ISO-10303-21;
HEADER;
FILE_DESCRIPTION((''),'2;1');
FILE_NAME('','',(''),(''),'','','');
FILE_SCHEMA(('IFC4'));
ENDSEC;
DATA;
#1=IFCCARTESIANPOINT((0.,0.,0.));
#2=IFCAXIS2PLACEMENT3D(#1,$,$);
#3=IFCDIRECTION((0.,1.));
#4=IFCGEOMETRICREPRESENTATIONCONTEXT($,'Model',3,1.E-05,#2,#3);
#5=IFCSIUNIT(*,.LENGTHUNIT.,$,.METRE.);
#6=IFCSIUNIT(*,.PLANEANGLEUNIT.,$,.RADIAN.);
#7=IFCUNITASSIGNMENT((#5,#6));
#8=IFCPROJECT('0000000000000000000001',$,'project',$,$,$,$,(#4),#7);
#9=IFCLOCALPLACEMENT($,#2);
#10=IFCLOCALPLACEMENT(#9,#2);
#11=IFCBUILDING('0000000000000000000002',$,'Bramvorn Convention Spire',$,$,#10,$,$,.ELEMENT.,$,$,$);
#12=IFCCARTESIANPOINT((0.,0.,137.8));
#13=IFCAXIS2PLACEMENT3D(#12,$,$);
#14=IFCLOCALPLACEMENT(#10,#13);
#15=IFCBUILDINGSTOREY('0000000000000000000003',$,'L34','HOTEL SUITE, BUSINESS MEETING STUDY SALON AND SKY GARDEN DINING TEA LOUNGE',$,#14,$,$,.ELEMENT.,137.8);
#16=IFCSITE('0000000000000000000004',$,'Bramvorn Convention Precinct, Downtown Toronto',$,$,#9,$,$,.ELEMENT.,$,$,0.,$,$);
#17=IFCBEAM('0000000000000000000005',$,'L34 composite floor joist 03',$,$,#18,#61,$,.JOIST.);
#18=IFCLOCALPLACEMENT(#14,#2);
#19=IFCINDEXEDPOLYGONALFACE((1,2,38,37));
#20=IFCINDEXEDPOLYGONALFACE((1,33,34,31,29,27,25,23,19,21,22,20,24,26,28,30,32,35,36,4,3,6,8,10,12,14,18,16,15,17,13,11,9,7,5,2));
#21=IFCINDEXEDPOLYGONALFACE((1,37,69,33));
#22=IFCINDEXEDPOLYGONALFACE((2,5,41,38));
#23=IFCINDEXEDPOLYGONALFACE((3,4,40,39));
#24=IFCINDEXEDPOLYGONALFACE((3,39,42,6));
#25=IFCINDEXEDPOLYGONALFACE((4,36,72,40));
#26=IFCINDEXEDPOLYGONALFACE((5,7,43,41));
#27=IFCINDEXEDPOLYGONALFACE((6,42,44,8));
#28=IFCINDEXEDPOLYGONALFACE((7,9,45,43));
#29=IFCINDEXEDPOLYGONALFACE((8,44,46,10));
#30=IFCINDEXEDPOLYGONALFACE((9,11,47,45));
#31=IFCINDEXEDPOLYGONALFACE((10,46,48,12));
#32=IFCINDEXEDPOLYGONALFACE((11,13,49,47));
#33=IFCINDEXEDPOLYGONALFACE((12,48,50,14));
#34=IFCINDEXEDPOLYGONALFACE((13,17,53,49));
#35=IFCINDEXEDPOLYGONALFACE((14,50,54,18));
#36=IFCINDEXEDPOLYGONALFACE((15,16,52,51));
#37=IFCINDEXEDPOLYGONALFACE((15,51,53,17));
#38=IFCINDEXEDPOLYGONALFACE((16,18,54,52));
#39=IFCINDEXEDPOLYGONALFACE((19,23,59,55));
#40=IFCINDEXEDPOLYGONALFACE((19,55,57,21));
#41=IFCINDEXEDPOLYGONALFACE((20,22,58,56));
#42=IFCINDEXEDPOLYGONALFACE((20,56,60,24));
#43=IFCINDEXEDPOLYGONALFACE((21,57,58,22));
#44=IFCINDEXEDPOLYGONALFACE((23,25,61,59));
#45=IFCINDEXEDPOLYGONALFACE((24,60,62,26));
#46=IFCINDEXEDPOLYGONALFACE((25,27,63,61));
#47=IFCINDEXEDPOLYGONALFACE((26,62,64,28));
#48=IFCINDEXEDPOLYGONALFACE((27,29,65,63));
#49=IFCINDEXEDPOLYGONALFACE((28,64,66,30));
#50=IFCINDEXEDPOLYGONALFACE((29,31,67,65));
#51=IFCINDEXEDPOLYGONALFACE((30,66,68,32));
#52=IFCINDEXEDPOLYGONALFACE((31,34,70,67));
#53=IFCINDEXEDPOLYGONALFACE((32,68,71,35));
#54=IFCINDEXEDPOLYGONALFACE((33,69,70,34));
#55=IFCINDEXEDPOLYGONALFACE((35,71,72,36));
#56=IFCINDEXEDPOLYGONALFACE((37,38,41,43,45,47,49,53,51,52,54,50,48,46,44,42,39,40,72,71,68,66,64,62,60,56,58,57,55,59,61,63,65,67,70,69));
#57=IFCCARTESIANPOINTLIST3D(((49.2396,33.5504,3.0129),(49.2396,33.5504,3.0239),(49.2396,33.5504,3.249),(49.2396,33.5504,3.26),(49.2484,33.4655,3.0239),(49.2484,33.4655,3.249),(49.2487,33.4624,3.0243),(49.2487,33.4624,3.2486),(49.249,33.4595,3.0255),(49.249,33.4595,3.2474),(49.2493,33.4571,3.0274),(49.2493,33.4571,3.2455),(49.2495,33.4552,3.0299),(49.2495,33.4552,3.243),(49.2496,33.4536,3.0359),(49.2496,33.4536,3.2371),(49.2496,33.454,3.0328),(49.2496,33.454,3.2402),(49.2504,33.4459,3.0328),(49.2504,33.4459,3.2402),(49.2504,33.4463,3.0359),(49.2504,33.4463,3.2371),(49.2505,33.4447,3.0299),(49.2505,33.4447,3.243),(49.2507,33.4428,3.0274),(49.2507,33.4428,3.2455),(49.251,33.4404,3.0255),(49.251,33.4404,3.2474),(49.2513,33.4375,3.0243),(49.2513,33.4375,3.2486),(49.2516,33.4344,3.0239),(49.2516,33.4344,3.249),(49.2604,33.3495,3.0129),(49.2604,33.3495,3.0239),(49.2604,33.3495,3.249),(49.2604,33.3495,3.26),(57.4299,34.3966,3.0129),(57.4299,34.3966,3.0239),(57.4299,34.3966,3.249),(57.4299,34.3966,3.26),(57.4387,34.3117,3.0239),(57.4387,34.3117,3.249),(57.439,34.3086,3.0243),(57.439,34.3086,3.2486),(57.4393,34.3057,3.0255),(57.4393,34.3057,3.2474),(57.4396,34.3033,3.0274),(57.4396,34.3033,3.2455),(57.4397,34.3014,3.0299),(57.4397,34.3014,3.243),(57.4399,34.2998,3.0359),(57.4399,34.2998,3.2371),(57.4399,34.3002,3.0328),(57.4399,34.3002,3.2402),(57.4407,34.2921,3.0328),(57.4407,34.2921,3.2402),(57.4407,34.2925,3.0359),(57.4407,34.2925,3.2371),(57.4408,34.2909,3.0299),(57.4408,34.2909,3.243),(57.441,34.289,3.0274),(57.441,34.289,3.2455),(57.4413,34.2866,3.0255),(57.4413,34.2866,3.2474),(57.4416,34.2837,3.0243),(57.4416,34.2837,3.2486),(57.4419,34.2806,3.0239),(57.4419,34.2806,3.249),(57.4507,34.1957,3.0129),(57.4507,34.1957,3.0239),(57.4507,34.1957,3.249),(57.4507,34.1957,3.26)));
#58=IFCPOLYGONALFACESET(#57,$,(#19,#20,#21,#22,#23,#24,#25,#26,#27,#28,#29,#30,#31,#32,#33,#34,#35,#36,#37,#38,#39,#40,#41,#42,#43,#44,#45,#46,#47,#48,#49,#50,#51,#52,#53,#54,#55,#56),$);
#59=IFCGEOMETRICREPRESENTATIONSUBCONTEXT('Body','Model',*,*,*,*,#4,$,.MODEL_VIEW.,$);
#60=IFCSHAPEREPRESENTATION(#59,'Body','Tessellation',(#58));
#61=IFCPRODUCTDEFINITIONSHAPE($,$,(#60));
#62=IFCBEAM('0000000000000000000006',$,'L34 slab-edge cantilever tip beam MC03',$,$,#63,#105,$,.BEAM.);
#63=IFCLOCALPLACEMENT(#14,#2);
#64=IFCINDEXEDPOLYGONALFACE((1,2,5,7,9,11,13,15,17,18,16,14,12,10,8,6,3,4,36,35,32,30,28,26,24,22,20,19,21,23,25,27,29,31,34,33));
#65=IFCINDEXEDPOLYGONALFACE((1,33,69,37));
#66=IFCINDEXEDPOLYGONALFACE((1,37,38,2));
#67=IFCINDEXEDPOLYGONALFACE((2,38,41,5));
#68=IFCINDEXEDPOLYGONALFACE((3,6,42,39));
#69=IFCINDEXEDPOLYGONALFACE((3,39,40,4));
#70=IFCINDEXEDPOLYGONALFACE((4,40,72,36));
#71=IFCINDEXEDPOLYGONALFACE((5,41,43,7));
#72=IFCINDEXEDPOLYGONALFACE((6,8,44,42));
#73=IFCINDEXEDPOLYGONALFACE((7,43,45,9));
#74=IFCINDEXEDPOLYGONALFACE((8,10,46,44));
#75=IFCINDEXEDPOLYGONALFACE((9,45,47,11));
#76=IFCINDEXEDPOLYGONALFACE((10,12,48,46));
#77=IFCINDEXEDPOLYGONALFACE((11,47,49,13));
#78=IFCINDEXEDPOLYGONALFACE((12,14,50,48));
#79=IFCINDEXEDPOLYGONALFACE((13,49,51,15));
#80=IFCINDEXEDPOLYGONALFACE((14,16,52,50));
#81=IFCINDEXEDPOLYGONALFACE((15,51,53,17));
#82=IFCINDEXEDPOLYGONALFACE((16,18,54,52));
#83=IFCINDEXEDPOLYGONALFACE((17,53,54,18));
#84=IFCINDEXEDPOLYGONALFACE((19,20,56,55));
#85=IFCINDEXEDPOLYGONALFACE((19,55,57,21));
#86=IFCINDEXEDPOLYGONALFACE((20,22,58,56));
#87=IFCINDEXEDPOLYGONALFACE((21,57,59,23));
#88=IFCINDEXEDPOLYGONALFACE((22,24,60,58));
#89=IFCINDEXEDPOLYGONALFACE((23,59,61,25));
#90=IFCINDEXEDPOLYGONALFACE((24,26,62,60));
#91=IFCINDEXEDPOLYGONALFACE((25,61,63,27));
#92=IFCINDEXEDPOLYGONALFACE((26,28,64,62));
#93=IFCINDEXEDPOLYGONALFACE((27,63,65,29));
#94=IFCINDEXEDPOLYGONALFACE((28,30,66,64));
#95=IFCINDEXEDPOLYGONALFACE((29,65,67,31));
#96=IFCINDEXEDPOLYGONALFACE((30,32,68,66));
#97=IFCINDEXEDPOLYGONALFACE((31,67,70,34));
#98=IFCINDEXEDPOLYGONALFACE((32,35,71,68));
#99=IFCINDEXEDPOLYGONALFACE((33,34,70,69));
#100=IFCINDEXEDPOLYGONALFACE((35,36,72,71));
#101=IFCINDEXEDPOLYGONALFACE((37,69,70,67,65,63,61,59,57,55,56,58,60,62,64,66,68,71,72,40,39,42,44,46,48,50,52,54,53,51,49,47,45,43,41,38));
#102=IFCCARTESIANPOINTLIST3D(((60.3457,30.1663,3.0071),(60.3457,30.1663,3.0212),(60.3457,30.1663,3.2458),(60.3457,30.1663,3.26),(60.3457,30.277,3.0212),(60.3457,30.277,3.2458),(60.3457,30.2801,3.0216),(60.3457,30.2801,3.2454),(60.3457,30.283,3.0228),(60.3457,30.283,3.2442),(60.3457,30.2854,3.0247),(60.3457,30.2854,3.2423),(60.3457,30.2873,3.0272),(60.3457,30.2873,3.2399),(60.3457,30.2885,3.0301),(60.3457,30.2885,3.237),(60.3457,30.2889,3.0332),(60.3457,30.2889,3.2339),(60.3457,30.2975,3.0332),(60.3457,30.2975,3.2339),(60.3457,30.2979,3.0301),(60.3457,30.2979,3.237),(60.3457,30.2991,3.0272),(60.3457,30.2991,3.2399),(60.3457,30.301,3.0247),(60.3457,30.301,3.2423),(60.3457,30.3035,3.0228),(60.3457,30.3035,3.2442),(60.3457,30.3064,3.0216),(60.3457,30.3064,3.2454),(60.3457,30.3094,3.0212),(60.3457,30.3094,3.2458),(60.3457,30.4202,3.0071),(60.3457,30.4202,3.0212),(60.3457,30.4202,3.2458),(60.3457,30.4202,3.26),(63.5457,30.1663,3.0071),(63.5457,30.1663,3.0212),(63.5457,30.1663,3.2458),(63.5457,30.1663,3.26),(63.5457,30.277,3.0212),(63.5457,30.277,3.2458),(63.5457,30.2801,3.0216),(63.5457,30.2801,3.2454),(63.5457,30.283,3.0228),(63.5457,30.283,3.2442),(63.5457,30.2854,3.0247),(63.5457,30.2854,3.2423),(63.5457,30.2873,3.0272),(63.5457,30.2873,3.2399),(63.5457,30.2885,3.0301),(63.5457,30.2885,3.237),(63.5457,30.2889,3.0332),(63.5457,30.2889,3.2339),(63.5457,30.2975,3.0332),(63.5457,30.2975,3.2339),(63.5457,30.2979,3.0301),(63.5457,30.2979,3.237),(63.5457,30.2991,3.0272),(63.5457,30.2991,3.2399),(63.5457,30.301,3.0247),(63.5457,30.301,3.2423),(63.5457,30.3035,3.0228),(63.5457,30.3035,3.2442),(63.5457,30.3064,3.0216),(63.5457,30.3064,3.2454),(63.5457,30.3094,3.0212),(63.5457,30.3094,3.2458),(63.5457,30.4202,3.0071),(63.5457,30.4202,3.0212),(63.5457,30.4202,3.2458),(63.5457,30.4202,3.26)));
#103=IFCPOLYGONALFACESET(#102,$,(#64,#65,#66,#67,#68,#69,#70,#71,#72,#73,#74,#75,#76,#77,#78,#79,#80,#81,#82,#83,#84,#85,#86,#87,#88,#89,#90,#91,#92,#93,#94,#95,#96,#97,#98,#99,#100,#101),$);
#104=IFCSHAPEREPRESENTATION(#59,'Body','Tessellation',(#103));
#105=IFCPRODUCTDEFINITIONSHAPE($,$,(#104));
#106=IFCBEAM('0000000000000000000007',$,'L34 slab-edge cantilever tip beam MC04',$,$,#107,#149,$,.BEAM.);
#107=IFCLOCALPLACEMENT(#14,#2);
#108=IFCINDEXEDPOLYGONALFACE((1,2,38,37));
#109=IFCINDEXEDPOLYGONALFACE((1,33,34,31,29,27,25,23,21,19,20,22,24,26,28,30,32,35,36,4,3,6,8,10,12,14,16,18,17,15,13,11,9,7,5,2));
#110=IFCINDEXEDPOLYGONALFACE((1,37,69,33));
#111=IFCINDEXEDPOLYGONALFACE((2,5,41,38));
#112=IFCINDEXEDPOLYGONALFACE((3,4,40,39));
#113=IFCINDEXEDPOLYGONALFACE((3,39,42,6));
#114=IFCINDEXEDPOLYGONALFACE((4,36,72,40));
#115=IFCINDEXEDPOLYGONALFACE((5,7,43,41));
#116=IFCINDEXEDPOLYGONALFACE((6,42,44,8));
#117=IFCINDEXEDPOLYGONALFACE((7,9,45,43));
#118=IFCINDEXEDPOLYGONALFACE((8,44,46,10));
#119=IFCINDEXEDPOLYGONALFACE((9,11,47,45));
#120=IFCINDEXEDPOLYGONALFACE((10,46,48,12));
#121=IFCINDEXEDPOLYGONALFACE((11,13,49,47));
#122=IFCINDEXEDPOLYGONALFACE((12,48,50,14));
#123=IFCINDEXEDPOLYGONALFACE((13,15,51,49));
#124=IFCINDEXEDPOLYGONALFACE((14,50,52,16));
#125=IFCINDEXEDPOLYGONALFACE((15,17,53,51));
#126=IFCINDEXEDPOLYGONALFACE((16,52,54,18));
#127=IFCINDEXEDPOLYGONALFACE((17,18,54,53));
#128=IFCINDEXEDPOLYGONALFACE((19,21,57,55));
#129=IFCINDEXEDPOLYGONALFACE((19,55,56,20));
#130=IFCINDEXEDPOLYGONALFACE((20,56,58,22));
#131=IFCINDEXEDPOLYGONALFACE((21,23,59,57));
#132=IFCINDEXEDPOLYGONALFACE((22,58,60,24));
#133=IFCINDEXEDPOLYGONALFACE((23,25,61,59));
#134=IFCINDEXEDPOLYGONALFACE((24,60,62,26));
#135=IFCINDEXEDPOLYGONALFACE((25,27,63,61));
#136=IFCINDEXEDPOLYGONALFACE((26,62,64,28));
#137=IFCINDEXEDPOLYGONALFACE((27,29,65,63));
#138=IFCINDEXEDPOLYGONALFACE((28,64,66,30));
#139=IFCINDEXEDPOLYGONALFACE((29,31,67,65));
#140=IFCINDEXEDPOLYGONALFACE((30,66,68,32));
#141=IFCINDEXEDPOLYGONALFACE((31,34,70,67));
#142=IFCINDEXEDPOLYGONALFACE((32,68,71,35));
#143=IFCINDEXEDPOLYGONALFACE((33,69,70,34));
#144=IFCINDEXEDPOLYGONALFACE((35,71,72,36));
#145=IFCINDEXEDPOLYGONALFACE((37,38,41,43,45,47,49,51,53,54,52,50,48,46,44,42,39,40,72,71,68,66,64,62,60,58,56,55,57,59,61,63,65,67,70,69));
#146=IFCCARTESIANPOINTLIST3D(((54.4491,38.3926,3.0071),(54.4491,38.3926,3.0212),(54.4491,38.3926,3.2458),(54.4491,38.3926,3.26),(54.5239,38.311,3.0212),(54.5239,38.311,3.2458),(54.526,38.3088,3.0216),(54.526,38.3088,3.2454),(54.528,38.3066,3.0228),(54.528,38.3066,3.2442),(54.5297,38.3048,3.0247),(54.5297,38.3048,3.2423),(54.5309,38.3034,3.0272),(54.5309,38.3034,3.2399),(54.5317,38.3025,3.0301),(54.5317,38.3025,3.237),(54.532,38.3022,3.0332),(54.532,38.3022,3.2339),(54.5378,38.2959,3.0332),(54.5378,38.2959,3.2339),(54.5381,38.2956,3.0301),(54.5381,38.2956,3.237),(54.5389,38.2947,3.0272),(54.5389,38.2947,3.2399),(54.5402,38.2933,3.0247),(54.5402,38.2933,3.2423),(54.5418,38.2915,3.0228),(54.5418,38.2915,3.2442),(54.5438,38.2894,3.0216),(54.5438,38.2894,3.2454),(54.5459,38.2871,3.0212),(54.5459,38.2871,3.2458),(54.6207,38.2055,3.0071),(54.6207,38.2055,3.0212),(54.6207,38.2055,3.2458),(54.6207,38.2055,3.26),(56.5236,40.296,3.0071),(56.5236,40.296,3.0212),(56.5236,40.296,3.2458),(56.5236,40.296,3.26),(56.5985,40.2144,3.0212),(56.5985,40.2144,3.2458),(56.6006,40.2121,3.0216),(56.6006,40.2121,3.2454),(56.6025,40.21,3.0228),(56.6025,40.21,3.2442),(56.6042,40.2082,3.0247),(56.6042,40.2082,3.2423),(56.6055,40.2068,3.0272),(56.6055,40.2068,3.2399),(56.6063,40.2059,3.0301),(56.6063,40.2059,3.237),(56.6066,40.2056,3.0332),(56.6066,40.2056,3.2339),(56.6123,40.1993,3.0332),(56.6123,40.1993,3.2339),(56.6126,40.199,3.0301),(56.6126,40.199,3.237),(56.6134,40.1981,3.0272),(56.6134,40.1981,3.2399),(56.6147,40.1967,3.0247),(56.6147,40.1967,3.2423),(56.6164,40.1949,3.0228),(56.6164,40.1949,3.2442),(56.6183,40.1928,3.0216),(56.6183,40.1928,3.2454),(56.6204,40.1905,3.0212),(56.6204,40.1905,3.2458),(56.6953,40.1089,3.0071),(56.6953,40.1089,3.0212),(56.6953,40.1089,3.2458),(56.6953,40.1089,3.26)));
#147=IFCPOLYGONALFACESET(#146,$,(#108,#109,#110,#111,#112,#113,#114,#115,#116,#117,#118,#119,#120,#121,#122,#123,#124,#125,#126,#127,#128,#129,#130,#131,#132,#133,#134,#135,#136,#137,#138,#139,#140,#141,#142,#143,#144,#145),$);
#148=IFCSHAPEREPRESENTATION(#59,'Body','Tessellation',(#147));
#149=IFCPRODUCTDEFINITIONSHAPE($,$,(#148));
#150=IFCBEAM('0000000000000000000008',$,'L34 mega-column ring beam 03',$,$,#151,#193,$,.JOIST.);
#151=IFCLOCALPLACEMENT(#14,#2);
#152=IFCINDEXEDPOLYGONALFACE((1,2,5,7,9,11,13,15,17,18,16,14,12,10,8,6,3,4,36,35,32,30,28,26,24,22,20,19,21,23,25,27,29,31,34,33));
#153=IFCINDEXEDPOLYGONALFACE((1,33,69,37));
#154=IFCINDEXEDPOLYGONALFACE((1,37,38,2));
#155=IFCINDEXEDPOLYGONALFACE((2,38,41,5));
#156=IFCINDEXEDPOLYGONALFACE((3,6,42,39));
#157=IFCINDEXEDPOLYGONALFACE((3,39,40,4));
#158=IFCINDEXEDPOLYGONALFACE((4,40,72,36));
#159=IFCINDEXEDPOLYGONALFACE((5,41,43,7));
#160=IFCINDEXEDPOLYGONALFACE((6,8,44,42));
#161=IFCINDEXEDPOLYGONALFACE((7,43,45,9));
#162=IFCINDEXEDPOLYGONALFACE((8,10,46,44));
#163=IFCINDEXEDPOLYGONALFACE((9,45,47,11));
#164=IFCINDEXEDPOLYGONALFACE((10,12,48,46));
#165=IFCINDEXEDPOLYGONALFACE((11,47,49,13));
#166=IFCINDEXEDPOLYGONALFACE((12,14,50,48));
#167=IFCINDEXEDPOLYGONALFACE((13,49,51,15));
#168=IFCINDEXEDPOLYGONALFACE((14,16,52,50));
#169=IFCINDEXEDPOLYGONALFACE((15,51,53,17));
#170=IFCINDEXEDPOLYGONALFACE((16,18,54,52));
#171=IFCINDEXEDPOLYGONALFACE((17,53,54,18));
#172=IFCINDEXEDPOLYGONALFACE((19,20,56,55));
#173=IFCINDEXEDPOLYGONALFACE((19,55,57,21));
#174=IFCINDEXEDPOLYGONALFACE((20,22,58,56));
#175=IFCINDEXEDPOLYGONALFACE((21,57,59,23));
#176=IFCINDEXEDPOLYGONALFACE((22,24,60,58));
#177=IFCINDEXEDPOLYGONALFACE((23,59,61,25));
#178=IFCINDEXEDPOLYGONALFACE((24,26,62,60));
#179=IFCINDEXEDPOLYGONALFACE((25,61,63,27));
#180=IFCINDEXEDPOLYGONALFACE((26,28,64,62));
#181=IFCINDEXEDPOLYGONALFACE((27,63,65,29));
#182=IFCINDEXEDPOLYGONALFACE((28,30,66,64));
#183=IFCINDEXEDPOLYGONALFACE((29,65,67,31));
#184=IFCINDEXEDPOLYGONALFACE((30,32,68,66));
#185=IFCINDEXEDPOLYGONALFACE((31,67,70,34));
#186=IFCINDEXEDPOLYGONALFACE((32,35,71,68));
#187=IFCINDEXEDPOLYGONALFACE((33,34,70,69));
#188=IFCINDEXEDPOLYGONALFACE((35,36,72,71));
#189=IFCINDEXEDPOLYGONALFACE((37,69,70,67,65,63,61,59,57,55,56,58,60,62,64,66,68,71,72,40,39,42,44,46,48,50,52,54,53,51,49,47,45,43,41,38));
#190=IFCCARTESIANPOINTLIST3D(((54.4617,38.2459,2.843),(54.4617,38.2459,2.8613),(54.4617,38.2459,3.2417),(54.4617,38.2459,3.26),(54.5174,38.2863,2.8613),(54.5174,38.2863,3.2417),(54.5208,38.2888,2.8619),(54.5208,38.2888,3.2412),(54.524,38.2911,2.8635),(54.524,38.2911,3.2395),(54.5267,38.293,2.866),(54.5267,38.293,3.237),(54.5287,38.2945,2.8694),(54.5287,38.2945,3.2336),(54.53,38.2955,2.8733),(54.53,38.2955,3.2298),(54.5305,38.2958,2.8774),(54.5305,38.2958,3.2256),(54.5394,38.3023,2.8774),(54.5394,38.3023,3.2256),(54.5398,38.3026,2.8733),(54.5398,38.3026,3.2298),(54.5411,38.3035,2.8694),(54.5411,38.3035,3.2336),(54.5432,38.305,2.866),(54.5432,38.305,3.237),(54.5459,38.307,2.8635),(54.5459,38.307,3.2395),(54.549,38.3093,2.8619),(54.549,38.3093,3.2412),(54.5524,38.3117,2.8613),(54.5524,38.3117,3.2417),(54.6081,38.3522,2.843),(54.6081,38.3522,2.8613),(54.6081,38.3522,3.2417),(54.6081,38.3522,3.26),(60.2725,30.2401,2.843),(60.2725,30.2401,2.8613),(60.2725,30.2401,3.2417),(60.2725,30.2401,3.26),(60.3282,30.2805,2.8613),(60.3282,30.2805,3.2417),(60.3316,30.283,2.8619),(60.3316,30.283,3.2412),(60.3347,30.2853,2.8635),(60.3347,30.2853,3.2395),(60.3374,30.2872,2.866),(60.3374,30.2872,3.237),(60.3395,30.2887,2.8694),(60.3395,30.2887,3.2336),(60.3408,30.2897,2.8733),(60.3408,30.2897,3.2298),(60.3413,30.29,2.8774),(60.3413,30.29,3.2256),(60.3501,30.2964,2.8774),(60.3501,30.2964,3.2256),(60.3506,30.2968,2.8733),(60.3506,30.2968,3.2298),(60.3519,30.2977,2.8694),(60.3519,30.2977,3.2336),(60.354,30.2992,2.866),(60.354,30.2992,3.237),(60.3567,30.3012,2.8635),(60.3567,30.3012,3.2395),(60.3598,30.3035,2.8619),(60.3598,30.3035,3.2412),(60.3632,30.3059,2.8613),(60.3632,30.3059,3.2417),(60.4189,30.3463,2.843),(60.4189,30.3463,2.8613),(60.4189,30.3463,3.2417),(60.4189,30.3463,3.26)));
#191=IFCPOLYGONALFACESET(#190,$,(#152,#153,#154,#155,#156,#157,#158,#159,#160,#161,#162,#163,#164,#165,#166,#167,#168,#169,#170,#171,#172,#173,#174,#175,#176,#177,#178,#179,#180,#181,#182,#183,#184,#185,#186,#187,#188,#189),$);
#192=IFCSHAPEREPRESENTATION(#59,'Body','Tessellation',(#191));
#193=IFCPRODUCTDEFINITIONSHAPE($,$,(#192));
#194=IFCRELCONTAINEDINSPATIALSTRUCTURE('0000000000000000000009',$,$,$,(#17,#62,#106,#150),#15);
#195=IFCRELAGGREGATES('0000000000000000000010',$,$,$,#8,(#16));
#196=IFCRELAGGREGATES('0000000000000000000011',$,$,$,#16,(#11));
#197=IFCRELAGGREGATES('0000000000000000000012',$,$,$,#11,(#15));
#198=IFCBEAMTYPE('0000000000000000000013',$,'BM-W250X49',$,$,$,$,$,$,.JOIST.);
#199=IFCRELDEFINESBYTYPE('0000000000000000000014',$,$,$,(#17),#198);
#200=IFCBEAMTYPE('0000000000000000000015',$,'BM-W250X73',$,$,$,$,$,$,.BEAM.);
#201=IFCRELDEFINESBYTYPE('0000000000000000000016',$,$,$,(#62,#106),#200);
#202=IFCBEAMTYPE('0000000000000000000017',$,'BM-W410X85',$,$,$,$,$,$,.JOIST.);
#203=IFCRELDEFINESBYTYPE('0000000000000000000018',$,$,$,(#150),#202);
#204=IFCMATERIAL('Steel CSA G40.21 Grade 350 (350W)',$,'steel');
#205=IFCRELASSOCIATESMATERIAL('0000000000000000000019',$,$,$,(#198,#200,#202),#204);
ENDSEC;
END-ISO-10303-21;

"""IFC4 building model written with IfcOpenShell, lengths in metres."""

from ifc_helpers import new_model, si_unit, direction, frame, origin, origin_2d, place, context, subcontext, project, spatial, i_section, extrude, material, material_profile, profile_set, type_object, element, save


model = new_model("IFC4")

# Units and contexts
model_context = context("Model", 3, precision=1e-05, world=origin(), true_north=direction((0.0, 1.0)))
body_context = subcontext(model_context, "Body", "Model", "MODEL_VIEW")
ifc_project = project(units=[si_unit("LENGTHUNIT", "METRE"), si_unit("PLANEANGLEUNIT", "RADIAN")], contexts=[model_context])

# Site, building, storey
site_placement = place(None, origin())
site = spatial("IfcSite", under=ifc_project, at=site_placement, Name="Bramvorn Convention Precinct, Downtown Toronto", CompositionType="ELEMENT", RefElevation=0.0)
building_placement = place(site_placement, origin())
building = spatial("IfcBuilding", under=site, at=building_placement, Name="Bramvorn Convention Spire", CompositionType="ELEMENT")
storey_placement = place(building_placement, frame((0.0, 0.0, 137.8)))
storey = spatial("IfcBuildingStorey", under=building, at=storey_placement, Name="L34", Description="HOTEL SUITE, BUSINESS MEETING STUDY SALON AND SKY GARDEN DINING TEA LOUNGE", CompositionType="ELEMENT", Elevation=137.8)

# Shared definitions
ifc_material_1 = material(Name="Steel CSA G40.21 Grade 350 (350W)", Category="steel")

# Beams
ifc_material_profile_1 = material_profile(ifc_material_1, i_section(OverallWidth=0.2019, OverallDepth=0.2471, WebThickness=0.0073, FlangeThickness=0.011, FilletRadius=0.012, at=origin_2d()))
ifc_profile_set_1 = profile_set([ifc_material_profile_1], Name="Steel CSA G40.21 Grade 350 (350W) - W250X49")
beam_type_1 = type_object("IfcBeamType", Name="BM-W250X49", PredefinedType="JOIST", material=ifc_profile_set_1)
beam_1_placement = place(storey_placement, frame((49.25, 33.45, 3.1365), z_axis=(0.994705, 0.102771, 0.0), x_axis=(-0.102771, 0.994705, 0.0)))
element("IfcBeam", 1, at=beam_1_placement, inside=storey, type_object=beam_type_1, Name="L34 composite floor joist 03", PredefinedType="JOIST", context=body_context, shape_type="SweptSolid", body=[
    extrude(i_section(OverallWidth=0.2019, OverallDepth=0.2471, WebThickness=0.0073, FlangeThickness=0.011, FilletRadius=0.012, at=origin_2d()), origin(), (0.0, 0.0, 1.0), 8.2339),
])
ifc_material_profile_2 = material_profile(ifc_material_1, i_section(OverallWidth=0.2539, OverallDepth=0.2529, WebThickness=0.0085, FlangeThickness=0.0142, FilletRadius=0.012, at=origin_2d()))
ifc_profile_set_2 = profile_set([ifc_material_profile_2], Name="Steel CSA G40.21 Grade 350 (350W) - W250X73")
beam_type_2 = type_object("IfcBeamType", Name="BM-W250X73", PredefinedType="BEAM", material=ifc_profile_set_2)
beam_2_placement = place(storey_placement, frame((60.3457, 30.2932, 3.1335), z_axis=(1.0, 0.0, 0.0), x_axis=(0.0, 1.0, 0.0)))
element("IfcBeam", 2, at=beam_2_placement, inside=storey, type_object=beam_type_2, Name="L34 slab-edge cantilever tip beam MC03", PredefinedType="BEAM", context=body_context, shape_type="SweptSolid", body=[
    extrude(i_section(OverallWidth=0.2539, OverallDepth=0.2529, WebThickness=0.0085, FlangeThickness=0.0142, FilletRadius=0.012, at=origin_2d()), origin(), (0.0, 0.0, 1.0), 3.2),
])
beam_3_placement = place(storey_placement, frame((54.5349, 38.2991, 3.1335), z_axis=(0.736848, 0.676058, 0.0), x_axis=(-0.676058, 0.736848, 0.0)))
element("IfcBeam", 3, at=beam_3_placement, inside=storey, type_object=beam_type_2, Name="L34 slab-edge cantilever tip beam MC04", PredefinedType="BEAM", context=body_context, shape_type="SweptSolid", body=[
    extrude(i_section(OverallWidth=0.2539, OverallDepth=0.2529, WebThickness=0.0085, FlangeThickness=0.0142, FilletRadius=0.012, at=origin_2d()), origin(), (0.0, 0.0, 1.0), 2.8154),
])
ifc_material_profile_3 = material_profile(ifc_material_1, i_section(OverallWidth=0.1809, OverallDepth=0.417, WebThickness=0.011, FlangeThickness=0.0183, FilletRadius=0.0161, at=origin_2d()))
ifc_profile_set_3 = profile_set([ifc_material_profile_3], Name="Steel CSA G40.21 Grade 350 (350W) - W410X85")
beam_type_3 = type_object("IfcBeamType", Name="BM-W410X85", PredefinedType="JOIST", material=ifc_profile_set_3)
beam_4_placement = place(storey_placement, frame((60.3457, 30.2932, 3.0515), z_axis=(-0.587401, 0.809296, 0.0), x_axis=(-0.809296, -0.587401, 0.0)))
element("IfcBeam", 4, at=beam_4_placement, inside=storey, type_object=beam_type_3, Name="L34 mega-column ring beam 03", PredefinedType="JOIST", context=body_context, shape_type="SweptSolid", body=[
    extrude(i_section(OverallWidth=0.1809, OverallDepth=0.417, WebThickness=0.011, FlangeThickness=0.0183, FilletRadius=0.0161, at=origin_2d()), origin(), (0.0, 0.0, 1.0), 9.8923),
])

save(model, "model.ifc")
